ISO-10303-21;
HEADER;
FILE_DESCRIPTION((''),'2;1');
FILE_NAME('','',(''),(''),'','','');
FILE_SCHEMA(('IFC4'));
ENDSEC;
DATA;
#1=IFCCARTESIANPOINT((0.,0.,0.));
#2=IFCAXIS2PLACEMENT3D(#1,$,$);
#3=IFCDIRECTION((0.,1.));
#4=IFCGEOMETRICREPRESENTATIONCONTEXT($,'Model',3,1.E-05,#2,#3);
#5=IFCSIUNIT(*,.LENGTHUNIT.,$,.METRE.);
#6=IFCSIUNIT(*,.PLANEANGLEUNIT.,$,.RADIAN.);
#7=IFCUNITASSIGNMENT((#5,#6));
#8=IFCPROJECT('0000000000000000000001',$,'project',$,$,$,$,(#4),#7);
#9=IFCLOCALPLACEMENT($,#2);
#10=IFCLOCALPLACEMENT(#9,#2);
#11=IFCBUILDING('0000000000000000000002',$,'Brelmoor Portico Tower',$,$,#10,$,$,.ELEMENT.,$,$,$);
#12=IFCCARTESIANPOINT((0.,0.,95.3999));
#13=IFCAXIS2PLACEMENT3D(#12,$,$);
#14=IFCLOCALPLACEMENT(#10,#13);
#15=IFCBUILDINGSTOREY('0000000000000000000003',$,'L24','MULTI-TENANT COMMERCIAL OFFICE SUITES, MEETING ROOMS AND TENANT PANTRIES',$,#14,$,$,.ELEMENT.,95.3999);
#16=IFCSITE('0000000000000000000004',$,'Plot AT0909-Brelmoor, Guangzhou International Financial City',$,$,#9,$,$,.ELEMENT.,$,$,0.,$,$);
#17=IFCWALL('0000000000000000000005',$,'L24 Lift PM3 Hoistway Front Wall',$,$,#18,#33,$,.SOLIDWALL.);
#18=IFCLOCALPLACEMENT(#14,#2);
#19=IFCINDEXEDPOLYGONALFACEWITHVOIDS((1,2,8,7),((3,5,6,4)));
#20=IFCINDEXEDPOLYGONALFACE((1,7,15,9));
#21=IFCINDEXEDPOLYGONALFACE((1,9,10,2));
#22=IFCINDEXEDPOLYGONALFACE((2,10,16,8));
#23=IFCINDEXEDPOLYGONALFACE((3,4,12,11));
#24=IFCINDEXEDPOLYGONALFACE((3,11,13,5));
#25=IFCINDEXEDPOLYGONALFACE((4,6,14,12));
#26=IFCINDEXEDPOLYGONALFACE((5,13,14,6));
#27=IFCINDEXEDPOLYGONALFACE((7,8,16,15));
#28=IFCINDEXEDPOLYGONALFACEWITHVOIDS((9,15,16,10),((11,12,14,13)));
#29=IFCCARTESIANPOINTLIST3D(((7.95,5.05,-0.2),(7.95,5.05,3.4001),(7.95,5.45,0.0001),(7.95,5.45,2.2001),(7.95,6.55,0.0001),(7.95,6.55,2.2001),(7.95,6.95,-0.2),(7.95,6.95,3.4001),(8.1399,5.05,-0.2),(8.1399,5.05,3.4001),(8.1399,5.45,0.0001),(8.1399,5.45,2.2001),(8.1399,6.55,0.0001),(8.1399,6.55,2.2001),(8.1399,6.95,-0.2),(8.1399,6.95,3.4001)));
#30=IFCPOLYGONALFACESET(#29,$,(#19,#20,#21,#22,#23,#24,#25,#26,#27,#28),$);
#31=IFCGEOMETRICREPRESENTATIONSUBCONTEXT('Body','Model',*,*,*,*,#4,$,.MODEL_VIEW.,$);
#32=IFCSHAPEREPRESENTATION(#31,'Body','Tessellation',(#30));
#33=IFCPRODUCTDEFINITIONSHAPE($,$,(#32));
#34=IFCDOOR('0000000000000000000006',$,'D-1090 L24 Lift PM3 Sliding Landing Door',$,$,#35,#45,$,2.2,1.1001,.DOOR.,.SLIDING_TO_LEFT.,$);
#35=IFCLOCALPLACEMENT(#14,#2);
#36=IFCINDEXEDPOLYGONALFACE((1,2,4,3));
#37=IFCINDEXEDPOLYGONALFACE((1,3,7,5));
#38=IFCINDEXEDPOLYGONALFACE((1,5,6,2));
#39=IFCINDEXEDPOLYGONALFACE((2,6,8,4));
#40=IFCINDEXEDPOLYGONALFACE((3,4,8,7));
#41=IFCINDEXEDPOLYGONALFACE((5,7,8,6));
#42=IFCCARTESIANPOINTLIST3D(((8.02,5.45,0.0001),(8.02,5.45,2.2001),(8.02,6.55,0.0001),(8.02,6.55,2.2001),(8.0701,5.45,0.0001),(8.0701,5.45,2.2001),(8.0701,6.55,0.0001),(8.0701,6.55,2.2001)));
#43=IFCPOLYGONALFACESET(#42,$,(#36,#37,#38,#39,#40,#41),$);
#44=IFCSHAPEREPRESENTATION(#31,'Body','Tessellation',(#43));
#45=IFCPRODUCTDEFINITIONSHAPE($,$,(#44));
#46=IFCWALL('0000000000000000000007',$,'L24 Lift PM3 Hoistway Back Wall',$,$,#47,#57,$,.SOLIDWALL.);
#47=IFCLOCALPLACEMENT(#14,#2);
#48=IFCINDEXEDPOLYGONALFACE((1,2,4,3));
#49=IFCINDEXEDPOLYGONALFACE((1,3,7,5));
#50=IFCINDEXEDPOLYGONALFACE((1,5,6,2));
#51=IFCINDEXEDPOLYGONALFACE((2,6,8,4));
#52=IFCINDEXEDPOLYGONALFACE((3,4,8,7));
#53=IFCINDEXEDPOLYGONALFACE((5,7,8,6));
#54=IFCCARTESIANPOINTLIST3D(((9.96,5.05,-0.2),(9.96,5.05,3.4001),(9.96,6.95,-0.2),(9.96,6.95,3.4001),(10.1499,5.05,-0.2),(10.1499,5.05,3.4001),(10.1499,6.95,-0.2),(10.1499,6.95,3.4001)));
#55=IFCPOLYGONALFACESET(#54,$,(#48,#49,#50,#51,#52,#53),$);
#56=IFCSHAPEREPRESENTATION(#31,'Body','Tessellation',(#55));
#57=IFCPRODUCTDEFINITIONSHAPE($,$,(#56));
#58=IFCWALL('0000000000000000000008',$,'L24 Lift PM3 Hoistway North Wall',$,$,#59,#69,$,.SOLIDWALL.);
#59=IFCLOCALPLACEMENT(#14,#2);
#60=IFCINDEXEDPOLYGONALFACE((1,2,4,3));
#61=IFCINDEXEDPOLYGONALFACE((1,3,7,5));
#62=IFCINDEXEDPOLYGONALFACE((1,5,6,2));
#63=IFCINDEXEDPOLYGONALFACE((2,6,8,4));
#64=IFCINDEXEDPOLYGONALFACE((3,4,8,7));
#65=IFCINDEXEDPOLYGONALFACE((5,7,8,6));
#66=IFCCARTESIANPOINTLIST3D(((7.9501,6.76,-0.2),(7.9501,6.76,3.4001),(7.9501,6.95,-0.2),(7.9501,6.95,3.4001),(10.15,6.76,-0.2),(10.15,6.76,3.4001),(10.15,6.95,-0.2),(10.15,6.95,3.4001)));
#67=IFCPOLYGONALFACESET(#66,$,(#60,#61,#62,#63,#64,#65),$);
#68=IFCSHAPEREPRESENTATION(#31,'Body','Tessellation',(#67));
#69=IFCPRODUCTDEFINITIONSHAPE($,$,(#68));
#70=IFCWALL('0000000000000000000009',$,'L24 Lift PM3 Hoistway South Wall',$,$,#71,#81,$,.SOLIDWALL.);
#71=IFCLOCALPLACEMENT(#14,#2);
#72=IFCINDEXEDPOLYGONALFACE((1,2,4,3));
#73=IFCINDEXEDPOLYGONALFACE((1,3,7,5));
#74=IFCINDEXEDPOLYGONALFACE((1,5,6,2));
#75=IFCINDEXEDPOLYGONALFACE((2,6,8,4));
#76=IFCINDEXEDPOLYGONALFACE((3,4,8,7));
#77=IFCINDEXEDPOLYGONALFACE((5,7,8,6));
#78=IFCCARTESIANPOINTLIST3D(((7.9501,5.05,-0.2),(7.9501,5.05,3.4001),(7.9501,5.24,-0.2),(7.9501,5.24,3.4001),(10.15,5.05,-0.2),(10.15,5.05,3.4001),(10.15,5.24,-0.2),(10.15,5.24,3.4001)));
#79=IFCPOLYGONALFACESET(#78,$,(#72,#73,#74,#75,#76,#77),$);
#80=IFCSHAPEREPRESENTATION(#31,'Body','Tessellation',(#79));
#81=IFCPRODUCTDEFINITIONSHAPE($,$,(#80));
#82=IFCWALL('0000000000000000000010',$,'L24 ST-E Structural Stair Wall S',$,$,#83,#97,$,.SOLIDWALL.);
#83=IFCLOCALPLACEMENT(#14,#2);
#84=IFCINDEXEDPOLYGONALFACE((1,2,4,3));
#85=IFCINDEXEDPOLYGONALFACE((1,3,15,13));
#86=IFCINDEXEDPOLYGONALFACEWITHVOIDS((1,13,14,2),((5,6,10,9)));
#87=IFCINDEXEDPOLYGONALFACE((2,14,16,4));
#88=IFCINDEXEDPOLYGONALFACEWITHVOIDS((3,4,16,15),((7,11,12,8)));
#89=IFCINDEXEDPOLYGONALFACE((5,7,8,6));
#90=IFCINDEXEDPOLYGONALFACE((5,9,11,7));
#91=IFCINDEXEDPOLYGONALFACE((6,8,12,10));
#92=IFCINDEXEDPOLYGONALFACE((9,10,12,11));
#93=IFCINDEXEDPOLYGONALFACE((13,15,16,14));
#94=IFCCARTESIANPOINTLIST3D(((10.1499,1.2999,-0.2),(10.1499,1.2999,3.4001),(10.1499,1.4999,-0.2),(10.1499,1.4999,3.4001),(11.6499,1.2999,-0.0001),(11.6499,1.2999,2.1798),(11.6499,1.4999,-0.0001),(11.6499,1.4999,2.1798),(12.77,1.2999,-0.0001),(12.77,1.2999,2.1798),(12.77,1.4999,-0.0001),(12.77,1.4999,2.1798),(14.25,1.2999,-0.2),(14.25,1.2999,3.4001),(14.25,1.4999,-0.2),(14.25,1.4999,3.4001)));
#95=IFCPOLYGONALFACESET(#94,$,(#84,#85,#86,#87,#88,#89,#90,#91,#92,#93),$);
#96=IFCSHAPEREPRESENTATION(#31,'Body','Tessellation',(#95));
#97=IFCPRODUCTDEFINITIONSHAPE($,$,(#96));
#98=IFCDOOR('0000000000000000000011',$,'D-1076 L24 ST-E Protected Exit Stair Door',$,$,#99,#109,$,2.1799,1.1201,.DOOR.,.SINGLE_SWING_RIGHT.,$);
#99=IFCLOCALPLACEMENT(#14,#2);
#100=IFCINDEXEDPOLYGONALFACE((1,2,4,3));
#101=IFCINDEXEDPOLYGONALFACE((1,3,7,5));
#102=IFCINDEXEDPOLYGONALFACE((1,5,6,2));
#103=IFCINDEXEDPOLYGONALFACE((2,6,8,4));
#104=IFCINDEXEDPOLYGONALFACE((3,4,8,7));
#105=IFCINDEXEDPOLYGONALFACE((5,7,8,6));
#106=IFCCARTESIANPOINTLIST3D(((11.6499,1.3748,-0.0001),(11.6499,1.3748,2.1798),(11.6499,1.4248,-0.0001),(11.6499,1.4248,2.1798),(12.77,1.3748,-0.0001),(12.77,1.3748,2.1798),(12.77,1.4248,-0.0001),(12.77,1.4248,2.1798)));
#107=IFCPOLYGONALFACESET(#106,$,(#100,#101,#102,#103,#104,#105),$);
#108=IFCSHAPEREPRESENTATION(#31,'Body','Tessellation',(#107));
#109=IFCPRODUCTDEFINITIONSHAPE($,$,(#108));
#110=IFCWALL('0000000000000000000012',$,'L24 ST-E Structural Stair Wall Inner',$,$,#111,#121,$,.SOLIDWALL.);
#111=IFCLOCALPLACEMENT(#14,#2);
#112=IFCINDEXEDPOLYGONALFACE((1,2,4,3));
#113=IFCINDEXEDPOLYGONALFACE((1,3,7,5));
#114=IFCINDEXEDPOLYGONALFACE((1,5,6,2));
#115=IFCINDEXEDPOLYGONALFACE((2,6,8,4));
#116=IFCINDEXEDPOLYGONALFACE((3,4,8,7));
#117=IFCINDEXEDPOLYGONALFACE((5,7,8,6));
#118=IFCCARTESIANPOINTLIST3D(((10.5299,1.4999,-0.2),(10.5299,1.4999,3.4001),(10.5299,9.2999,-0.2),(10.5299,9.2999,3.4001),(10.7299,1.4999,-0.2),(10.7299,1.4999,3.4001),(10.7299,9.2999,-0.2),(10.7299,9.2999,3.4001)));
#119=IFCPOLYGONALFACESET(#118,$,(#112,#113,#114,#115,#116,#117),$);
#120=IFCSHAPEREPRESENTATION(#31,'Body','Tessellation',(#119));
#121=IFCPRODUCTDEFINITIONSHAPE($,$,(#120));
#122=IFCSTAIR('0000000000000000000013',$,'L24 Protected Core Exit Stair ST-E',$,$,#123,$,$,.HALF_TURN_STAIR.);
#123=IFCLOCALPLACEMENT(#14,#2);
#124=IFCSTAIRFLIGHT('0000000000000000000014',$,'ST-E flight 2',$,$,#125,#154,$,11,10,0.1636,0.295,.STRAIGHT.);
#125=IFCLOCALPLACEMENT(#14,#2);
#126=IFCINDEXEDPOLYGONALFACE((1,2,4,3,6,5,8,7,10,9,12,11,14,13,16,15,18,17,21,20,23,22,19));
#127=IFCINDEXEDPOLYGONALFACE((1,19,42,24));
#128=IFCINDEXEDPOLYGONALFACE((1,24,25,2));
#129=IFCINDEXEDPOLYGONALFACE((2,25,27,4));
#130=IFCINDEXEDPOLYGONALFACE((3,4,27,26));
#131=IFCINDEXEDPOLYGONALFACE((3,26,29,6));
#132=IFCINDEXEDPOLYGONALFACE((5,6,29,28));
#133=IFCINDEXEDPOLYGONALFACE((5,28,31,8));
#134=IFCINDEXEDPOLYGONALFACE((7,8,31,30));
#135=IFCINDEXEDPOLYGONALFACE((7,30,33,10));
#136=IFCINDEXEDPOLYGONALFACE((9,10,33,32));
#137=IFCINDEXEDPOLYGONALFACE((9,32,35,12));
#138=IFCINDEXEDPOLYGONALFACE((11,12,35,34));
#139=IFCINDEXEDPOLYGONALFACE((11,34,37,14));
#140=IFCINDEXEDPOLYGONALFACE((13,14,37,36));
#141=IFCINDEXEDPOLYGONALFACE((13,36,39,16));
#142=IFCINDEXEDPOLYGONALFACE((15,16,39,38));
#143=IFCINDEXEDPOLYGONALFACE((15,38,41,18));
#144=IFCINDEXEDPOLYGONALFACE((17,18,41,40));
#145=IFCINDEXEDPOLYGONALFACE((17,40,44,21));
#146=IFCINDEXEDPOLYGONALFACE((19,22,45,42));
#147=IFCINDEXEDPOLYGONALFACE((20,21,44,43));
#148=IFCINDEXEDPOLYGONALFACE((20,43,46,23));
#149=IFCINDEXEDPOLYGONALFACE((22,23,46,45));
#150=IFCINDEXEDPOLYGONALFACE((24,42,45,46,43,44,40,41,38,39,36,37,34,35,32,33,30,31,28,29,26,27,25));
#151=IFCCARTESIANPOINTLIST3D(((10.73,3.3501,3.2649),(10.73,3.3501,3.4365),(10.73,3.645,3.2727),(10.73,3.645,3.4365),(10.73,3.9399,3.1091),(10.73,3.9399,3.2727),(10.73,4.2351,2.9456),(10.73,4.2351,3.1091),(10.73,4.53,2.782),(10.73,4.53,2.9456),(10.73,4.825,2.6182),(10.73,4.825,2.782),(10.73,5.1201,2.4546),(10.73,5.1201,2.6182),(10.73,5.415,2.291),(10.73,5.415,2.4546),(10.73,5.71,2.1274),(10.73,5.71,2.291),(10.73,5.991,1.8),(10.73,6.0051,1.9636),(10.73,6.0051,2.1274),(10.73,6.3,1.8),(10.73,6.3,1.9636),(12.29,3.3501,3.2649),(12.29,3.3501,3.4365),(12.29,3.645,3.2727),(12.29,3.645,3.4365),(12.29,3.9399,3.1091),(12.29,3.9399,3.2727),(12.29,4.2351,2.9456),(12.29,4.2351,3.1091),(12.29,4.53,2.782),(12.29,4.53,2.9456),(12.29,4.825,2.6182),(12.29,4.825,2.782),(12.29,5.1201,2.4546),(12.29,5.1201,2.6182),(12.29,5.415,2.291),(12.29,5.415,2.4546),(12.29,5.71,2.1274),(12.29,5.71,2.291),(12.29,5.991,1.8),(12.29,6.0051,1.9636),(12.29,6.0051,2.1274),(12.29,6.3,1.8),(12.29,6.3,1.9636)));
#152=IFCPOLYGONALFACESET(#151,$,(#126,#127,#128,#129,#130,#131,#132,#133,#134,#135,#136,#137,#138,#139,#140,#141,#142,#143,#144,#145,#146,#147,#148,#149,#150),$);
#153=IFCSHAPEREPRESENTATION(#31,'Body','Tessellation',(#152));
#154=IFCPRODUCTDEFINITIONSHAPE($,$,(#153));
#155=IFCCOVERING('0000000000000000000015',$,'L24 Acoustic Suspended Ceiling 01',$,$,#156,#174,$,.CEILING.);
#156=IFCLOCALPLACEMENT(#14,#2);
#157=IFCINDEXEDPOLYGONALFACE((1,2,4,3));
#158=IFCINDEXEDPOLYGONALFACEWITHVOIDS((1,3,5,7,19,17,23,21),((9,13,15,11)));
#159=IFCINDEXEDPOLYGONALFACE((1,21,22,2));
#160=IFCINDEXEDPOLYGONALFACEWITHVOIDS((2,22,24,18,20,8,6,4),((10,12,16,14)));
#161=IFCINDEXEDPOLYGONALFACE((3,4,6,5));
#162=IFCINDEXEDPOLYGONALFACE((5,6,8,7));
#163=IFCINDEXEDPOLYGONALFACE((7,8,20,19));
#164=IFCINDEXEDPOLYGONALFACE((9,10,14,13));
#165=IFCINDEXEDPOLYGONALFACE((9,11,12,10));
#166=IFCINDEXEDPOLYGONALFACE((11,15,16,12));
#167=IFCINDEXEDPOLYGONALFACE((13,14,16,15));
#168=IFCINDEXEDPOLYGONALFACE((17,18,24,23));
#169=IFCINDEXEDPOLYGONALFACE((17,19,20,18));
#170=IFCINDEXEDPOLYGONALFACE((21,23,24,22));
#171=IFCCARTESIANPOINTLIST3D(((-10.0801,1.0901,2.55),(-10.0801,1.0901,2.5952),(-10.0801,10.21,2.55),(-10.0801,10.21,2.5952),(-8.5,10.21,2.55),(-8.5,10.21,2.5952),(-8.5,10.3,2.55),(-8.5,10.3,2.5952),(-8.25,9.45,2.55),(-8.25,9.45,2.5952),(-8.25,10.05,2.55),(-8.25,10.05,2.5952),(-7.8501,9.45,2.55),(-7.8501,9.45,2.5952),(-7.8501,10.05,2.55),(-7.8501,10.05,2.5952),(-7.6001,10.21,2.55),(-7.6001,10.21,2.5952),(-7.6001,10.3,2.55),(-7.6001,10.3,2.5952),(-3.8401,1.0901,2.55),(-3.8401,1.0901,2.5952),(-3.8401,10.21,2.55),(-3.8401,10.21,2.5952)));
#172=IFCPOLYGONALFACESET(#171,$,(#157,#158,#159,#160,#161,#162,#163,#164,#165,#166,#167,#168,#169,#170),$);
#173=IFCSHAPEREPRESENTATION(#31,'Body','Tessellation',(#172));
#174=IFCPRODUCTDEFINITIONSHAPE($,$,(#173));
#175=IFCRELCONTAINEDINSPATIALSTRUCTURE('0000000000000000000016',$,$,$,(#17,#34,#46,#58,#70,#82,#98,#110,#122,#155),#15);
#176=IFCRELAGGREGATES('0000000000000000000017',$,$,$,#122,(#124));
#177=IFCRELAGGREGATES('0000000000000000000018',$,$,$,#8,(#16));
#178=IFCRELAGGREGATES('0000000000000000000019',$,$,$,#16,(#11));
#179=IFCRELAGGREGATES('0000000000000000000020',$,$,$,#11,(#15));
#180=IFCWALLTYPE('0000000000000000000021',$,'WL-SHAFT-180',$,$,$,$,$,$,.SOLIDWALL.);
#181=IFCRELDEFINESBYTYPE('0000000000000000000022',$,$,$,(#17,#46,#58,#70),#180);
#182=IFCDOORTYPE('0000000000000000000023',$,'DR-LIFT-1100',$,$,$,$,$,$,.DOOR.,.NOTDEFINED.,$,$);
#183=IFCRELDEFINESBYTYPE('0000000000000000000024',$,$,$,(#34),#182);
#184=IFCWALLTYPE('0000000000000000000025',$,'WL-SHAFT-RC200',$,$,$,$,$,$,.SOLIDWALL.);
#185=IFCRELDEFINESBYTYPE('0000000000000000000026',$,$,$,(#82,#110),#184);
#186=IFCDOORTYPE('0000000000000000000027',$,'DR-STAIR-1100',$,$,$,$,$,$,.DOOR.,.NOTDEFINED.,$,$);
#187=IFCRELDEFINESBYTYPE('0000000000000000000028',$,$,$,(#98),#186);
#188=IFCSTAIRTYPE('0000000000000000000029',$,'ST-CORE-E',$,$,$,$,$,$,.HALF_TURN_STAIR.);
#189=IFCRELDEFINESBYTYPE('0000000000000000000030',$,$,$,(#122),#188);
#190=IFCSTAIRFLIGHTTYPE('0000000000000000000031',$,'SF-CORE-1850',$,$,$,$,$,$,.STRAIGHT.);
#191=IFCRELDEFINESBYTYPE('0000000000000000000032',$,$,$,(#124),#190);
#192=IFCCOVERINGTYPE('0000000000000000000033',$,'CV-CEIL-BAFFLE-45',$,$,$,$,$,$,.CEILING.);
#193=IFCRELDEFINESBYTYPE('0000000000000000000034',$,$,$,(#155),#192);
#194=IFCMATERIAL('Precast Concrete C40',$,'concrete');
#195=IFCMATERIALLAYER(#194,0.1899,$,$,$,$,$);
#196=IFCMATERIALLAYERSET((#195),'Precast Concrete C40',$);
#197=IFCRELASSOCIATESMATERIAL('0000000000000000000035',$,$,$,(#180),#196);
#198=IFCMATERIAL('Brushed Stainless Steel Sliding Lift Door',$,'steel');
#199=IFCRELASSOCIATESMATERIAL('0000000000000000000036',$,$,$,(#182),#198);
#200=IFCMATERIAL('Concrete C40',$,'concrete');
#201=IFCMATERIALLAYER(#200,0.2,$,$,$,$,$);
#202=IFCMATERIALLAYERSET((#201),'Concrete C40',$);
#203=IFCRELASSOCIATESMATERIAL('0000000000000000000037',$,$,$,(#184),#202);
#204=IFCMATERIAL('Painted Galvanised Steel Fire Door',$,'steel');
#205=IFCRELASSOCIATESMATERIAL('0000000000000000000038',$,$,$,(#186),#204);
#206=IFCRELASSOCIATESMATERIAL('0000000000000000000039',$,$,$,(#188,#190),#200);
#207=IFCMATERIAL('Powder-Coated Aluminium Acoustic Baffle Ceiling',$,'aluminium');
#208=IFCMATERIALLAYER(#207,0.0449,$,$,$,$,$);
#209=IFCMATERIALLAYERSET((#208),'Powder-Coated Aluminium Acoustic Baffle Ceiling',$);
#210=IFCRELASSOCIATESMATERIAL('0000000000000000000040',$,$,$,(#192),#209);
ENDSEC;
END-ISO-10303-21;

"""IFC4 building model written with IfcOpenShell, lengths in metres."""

from ifc_helpers import new_model, si_unit, direction, frame, frame_2d, origin, place, context, subcontext, project, spatial, polyline, rectangle, outline, extrude, material, layer, layer_set, type_object, element, fill, aggregate, save


model = new_model("IFC4")

# Units and contexts
model_context = context("Model", 3, precision=1e-05, world=origin(), true_north=direction((0.0, 1.0)))
body_context = subcontext(model_context, "Body", "Model", "MODEL_VIEW")
ifc_project = project(units=[si_unit("LENGTHUNIT", "METRE"), si_unit("PLANEANGLEUNIT", "RADIAN")], contexts=[model_context])

# Site, building, storey
site_placement = place(None, origin())
site = spatial("IfcSite", under=ifc_project, at=site_placement, Name="Plot AT0909-Brelmoor, Guangzhou International Financial City", CompositionType="ELEMENT", RefElevation=0.0)
building_placement = place(site_placement, origin())
building = spatial("IfcBuilding", under=site, at=building_placement, Name="Brelmoor Portico Tower", CompositionType="ELEMENT")
storey_placement = place(building_placement, frame((0.0, 0.0, 95.3999)))
storey = spatial("IfcBuildingStorey", under=building, at=storey_placement, Name="L24", Description="MULTI-TENANT COMMERCIAL OFFICE SUITES, MEETING ROOMS AND TENANT PANTRIES", CompositionType="ELEMENT", Elevation=95.3999)

# Shared definitions
ifc_material_1 = material(Name="Precast Concrete C40", Category="concrete")
ifc_layer_1 = layer(ifc_material_1, 0.1899)
ifc_layer_set_1 = layer_set([ifc_layer_1], Name="Precast Concrete C40")
wall_type_1 = type_object("IfcWallType", Name="WL-SHAFT-180", PredefinedType="SOLIDWALL", material=ifc_layer_set_1)
ifc_material_2 = material(Name="Brushed Stainless Steel Sliding Lift Door", Category="steel")
door_type_1 = type_object("IfcDoorType", Name="DR-LIFT-1100", OperationType="NOTDEFINED", PredefinedType="DOOR", material=ifc_material_2)

# Wall, opening, door
wall_1_placement = place(storey_placement, frame((8.0449, 5.05, -0.2), z_axis=(0.0, 0.0, 1.0), x_axis=(0.0, 1.0, 0.0)))
wall_1 = element("IfcWall", 1, at=wall_1_placement, inside=storey, type_object=wall_type_1, Name="L24 Lift PM3 Hoistway Front Wall", PredefinedType="SOLIDWALL", context=body_context, shape_type="SweptSolid", body=[
    extrude(rectangle(XDim=1.8999, YDim=0.1899, at=frame_2d((0.95, 0.0))), origin(), (0.0, 0.0, 1.0), 3.6001),
])
opening_1_placement = place(wall_1_placement, frame((0.3999, 0.0, 0.2)))
opening_1 = element("IfcOpeningElement", 2, at=opening_1_placement, cuts=wall_1, PredefinedType="OPENING", context=body_context, shape_type="SweptSolid", body=[
    extrude(rectangle(XDim=1.1001, YDim=2.2, at=frame_2d((0.55, 1.1001))), frame((0.0, 0.105, 0.0), z_axis=(0.0, -1.0, 0.0), x_axis=(1.0, 0.0, 0.0)), (0.0, 0.0, 1.0), 0.21),
])
door_1_placement = place(opening_1_placement, origin())
door_1 = element("IfcDoor", 3, at=door_1_placement, inside=storey, type_object=door_type_1, Name="D-1090 L24 Lift PM3 Sliding Landing Door", OperationType="SLIDING_TO_LEFT", OverallHeight=2.2, OverallWidth=1.1001, PredefinedType="DOOR", context=body_context, shape_type="SweptSolid", body=[
    extrude(rectangle(XDim=1.1001, YDim=2.2, at=frame_2d((0.55, 1.1001))), frame((0.0, 0.0249, 0.0), z_axis=(0.0, -1.0, 0.0), x_axis=(1.0, 0.0, 0.0)), (0.0, 0.0, 1.0), 0.05),
])
fill(opening_1, door_1)

# Walls
wall_2_placement = place(storey_placement, frame((10.0549, 5.05, -0.2), z_axis=(0.0, 0.0, 1.0), x_axis=(0.0, 1.0, 0.0)))
element("IfcWall", 4, at=wall_2_placement, inside=storey, type_object=wall_type_1, Name="L24 Lift PM3 Hoistway Back Wall", PredefinedType="SOLIDWALL", context=body_context, shape_type="SweptSolid", body=[
    extrude(rectangle(XDim=1.8999, YDim=0.1899, at=frame_2d((0.95, 0.0))), origin(), (0.0, 0.0, 1.0), 3.6001),
])
for number, where, z_axis, x_axis, name in (
    (5, (7.95, 6.855, -0.2), (0.0, 0.0, 1.0), (1.0, 0.0, 0.0), "L24 Lift PM3 Hoistway North Wall"),
    (6, (7.95, 5.145, -0.2), (0.0, 0.0, 1.0), (1.0, 0.0, 0.0), "L24 Lift PM3 Hoistway South Wall"),
):
    element("IfcWall", number, at=place(storey_placement, frame(where, z_axis=z_axis, x_axis=x_axis)), inside=storey, type_object=wall_type_1, Name=name, PredefinedType="SOLIDWALL", context=body_context, shape_type="SweptSolid", body=[
        extrude(rectangle(XDim=2.2, YDim=0.1899, at=frame_2d((1.1001, 0.0))), origin(), (0.0, 0.0, 1.0), 3.6001),
    ])

# Wall, opening, door
ifc_material_3 = material(Name="Concrete C40", Category="concrete")
ifc_layer_2 = layer(ifc_material_3, 0.2)
ifc_layer_set_2 = layer_set([ifc_layer_2], Name="Concrete C40")
wall_type_2 = type_object("IfcWallType", Name="WL-SHAFT-RC200", PredefinedType="SOLIDWALL", material=ifc_layer_set_2)
wall_3_placement = place(storey_placement, frame((10.1499, 1.3999, -0.2), z_axis=(0.0, 0.0, 1.0), x_axis=(1.0, 0.0, 0.0)))
wall_3 = element("IfcWall", 7, at=wall_3_placement, inside=storey, type_object=wall_type_2, Name="L24 ST-E Structural Stair Wall S", PredefinedType="SOLIDWALL", context=body_context, shape_type="SweptSolid", body=[
    extrude(rectangle(XDim=4.1001, YDim=0.2, at=frame_2d((2.05, 0.0))), origin(), (0.0, 0.0, 1.0), 3.6001),
])
opening_2_placement = place(wall_3_placement, frame((1.5, 0.0, 0.2)))
opening_2 = element("IfcOpeningElement", 8, at=opening_2_placement, cuts=wall_3, PredefinedType="OPENING", context=body_context, shape_type="SweptSolid", body=[
    extrude(rectangle(XDim=1.1201, YDim=2.1799, at=frame_2d((0.5601, 1.0898))), frame((0.0, 0.1099, 0.0), z_axis=(0.0, -1.0, 0.0), x_axis=(1.0, 0.0, 0.0)), (0.0, 0.0, 1.0), 0.22),
])
ifc_material_4 = material(Name="Painted Galvanised Steel Fire Door", Category="steel")
door_type_2 = type_object("IfcDoorType", Name="DR-STAIR-1100", OperationType="NOTDEFINED", PredefinedType="DOOR", material=ifc_material_4)
door_2_placement = place(opening_2_placement, origin())
door_2 = element("IfcDoor", 9, at=door_2_placement, inside=storey, type_object=door_type_2, Name="D-1076 L24 ST-E Protected Exit Stair Door", OperationType="SINGLE_SWING_RIGHT", OverallHeight=2.1799, OverallWidth=1.1201, PredefinedType="DOOR", context=body_context, shape_type="SweptSolid", body=[
    extrude(rectangle(XDim=1.1201, YDim=2.1799, at=frame_2d((0.5601, 1.0898))), frame((0.0, 0.0249, 0.0), z_axis=(0.0, -1.0, 0.0), x_axis=(1.0, 0.0, 0.0)), (0.0, 0.0, 1.0), 0.05),
])
fill(opening_2, door_2)

# Wall
wall_4_placement = place(storey_placement, frame((10.6299, 1.5, -0.2), z_axis=(0.0, 0.0, 1.0), x_axis=(0.0, 1.0, 0.0)))
element("IfcWall", 10, at=wall_4_placement, inside=storey, type_object=wall_type_2, Name="L24 ST-E Structural Stair Wall Inner", PredefinedType="SOLIDWALL", context=body_context, shape_type="SweptSolid", body=[
    extrude(rectangle(XDim=7.8, YDim=0.2, at=frame_2d((3.8999, 0.0))), origin(), (0.0, 0.0, 1.0), 3.6001),
])

# Stair, stair flight
stair_type = type_object("IfcStairType", Name="ST-CORE-E", PredefinedType="HALF_TURN_STAIR", material=ifc_material_3)
stair_placement = place(storey_placement, origin())
stair = element("IfcStair", 11, at=stair_placement, inside=storey, type_object=stair_type, Name="L24 Protected Core Exit Stair ST-E", PredefinedType="HALF_TURN_STAIR")
stair_flight_type = type_object("IfcStairFlightType", Name="SF-CORE-1850", PredefinedType="STRAIGHT", material=ifc_material_3)
stair_flight_placement = place(storey_placement, frame((11.51, 6.3, 1.8), z_axis=(0.0, 0.0, 1.0), x_axis=(0.0, -1.0, 0.0)))
stair_flight = element("IfcStairFlight", 12, at=stair_flight_placement, type_object=stair_flight_type, Name="ST-E flight 2", NumberOfRisers=11, NumberOfTreads=10, PredefinedType="STRAIGHT", RiserHeight=0.1636, TreadLength=0.295, context=body_context, shape_type="SweptSolid", body=[
    extrude(outline(polyline([(0.0, 0.0), (0.0, 0.1636), (0.2949, 0.1636), (0.2949, 0.3274), (0.5901, 0.3274), (0.5901, 0.491), (0.885, 0.491), (0.885, 0.6545), (1.1799, 0.6545), (1.1799, 0.8181), (1.4751, 0.8181), (1.4751, 0.9819), (1.77, 0.9819), (1.77, 1.1455), (2.0649, 1.1455), (2.0649, 1.3091), (2.3601, 1.3091), (2.3601, 1.4727), (2.655, 1.4727), (2.655, 1.6365), (2.95, 1.6365), (2.95, 1.8), (2.95, 1.4648), (0.3091, 0.0), (0.0, 0.0)])), frame((0.0, 0.78, 0.0), z_axis=(0.0, -1.0, 0.0), x_axis=(1.0, 0.0, 0.0)), (0.0, 0.0, 1.0), 1.5601),
])
aggregate(stair, [stair_flight])

# Covering
ifc_material_5 = material(Name="Powder-Coated Aluminium Acoustic Baffle Ceiling", Category="aluminium")
ifc_layer_3 = layer(ifc_material_5, 0.0449)
ifc_layer_set_3 = layer_set([ifc_layer_3], Name="Powder-Coated Aluminium Acoustic Baffle Ceiling")
covering_type_1 = type_object("IfcCoveringType", Name="CV-CEIL-BAFFLE-45", PredefinedType="CEILING", material=ifc_layer_set_3)
covering_1_placement = place(storey_placement, frame((0.0, 0.0, 2.55)))
element("IfcCovering", 13, at=covering_1_placement, inside=storey, type_object=covering_type_1, Name="L24 Acoustic Suspended Ceiling 01", PredefinedType="CEILING", context=body_context, shape_type="SweptSolid", body=[
    extrude(outline(polyline([(-10.0801, 10.21), (-8.5, 10.21), (-8.5, 10.3), (-7.6001, 10.3), (-7.6001, 10.21), (-3.8401, 10.21), (-3.8401, 1.0901), (-10.0801, 1.0901), (-10.0801, 10.21)]), holes=[polyline([(-7.8501, 9.45), (-7.8501, 10.05), (-8.25, 10.05), (-8.25, 9.45), (-7.8501, 9.45)])]), origin(), (0.0, 0.0, 1.0), 0.0452),
])

save(model, "model.ifc")
